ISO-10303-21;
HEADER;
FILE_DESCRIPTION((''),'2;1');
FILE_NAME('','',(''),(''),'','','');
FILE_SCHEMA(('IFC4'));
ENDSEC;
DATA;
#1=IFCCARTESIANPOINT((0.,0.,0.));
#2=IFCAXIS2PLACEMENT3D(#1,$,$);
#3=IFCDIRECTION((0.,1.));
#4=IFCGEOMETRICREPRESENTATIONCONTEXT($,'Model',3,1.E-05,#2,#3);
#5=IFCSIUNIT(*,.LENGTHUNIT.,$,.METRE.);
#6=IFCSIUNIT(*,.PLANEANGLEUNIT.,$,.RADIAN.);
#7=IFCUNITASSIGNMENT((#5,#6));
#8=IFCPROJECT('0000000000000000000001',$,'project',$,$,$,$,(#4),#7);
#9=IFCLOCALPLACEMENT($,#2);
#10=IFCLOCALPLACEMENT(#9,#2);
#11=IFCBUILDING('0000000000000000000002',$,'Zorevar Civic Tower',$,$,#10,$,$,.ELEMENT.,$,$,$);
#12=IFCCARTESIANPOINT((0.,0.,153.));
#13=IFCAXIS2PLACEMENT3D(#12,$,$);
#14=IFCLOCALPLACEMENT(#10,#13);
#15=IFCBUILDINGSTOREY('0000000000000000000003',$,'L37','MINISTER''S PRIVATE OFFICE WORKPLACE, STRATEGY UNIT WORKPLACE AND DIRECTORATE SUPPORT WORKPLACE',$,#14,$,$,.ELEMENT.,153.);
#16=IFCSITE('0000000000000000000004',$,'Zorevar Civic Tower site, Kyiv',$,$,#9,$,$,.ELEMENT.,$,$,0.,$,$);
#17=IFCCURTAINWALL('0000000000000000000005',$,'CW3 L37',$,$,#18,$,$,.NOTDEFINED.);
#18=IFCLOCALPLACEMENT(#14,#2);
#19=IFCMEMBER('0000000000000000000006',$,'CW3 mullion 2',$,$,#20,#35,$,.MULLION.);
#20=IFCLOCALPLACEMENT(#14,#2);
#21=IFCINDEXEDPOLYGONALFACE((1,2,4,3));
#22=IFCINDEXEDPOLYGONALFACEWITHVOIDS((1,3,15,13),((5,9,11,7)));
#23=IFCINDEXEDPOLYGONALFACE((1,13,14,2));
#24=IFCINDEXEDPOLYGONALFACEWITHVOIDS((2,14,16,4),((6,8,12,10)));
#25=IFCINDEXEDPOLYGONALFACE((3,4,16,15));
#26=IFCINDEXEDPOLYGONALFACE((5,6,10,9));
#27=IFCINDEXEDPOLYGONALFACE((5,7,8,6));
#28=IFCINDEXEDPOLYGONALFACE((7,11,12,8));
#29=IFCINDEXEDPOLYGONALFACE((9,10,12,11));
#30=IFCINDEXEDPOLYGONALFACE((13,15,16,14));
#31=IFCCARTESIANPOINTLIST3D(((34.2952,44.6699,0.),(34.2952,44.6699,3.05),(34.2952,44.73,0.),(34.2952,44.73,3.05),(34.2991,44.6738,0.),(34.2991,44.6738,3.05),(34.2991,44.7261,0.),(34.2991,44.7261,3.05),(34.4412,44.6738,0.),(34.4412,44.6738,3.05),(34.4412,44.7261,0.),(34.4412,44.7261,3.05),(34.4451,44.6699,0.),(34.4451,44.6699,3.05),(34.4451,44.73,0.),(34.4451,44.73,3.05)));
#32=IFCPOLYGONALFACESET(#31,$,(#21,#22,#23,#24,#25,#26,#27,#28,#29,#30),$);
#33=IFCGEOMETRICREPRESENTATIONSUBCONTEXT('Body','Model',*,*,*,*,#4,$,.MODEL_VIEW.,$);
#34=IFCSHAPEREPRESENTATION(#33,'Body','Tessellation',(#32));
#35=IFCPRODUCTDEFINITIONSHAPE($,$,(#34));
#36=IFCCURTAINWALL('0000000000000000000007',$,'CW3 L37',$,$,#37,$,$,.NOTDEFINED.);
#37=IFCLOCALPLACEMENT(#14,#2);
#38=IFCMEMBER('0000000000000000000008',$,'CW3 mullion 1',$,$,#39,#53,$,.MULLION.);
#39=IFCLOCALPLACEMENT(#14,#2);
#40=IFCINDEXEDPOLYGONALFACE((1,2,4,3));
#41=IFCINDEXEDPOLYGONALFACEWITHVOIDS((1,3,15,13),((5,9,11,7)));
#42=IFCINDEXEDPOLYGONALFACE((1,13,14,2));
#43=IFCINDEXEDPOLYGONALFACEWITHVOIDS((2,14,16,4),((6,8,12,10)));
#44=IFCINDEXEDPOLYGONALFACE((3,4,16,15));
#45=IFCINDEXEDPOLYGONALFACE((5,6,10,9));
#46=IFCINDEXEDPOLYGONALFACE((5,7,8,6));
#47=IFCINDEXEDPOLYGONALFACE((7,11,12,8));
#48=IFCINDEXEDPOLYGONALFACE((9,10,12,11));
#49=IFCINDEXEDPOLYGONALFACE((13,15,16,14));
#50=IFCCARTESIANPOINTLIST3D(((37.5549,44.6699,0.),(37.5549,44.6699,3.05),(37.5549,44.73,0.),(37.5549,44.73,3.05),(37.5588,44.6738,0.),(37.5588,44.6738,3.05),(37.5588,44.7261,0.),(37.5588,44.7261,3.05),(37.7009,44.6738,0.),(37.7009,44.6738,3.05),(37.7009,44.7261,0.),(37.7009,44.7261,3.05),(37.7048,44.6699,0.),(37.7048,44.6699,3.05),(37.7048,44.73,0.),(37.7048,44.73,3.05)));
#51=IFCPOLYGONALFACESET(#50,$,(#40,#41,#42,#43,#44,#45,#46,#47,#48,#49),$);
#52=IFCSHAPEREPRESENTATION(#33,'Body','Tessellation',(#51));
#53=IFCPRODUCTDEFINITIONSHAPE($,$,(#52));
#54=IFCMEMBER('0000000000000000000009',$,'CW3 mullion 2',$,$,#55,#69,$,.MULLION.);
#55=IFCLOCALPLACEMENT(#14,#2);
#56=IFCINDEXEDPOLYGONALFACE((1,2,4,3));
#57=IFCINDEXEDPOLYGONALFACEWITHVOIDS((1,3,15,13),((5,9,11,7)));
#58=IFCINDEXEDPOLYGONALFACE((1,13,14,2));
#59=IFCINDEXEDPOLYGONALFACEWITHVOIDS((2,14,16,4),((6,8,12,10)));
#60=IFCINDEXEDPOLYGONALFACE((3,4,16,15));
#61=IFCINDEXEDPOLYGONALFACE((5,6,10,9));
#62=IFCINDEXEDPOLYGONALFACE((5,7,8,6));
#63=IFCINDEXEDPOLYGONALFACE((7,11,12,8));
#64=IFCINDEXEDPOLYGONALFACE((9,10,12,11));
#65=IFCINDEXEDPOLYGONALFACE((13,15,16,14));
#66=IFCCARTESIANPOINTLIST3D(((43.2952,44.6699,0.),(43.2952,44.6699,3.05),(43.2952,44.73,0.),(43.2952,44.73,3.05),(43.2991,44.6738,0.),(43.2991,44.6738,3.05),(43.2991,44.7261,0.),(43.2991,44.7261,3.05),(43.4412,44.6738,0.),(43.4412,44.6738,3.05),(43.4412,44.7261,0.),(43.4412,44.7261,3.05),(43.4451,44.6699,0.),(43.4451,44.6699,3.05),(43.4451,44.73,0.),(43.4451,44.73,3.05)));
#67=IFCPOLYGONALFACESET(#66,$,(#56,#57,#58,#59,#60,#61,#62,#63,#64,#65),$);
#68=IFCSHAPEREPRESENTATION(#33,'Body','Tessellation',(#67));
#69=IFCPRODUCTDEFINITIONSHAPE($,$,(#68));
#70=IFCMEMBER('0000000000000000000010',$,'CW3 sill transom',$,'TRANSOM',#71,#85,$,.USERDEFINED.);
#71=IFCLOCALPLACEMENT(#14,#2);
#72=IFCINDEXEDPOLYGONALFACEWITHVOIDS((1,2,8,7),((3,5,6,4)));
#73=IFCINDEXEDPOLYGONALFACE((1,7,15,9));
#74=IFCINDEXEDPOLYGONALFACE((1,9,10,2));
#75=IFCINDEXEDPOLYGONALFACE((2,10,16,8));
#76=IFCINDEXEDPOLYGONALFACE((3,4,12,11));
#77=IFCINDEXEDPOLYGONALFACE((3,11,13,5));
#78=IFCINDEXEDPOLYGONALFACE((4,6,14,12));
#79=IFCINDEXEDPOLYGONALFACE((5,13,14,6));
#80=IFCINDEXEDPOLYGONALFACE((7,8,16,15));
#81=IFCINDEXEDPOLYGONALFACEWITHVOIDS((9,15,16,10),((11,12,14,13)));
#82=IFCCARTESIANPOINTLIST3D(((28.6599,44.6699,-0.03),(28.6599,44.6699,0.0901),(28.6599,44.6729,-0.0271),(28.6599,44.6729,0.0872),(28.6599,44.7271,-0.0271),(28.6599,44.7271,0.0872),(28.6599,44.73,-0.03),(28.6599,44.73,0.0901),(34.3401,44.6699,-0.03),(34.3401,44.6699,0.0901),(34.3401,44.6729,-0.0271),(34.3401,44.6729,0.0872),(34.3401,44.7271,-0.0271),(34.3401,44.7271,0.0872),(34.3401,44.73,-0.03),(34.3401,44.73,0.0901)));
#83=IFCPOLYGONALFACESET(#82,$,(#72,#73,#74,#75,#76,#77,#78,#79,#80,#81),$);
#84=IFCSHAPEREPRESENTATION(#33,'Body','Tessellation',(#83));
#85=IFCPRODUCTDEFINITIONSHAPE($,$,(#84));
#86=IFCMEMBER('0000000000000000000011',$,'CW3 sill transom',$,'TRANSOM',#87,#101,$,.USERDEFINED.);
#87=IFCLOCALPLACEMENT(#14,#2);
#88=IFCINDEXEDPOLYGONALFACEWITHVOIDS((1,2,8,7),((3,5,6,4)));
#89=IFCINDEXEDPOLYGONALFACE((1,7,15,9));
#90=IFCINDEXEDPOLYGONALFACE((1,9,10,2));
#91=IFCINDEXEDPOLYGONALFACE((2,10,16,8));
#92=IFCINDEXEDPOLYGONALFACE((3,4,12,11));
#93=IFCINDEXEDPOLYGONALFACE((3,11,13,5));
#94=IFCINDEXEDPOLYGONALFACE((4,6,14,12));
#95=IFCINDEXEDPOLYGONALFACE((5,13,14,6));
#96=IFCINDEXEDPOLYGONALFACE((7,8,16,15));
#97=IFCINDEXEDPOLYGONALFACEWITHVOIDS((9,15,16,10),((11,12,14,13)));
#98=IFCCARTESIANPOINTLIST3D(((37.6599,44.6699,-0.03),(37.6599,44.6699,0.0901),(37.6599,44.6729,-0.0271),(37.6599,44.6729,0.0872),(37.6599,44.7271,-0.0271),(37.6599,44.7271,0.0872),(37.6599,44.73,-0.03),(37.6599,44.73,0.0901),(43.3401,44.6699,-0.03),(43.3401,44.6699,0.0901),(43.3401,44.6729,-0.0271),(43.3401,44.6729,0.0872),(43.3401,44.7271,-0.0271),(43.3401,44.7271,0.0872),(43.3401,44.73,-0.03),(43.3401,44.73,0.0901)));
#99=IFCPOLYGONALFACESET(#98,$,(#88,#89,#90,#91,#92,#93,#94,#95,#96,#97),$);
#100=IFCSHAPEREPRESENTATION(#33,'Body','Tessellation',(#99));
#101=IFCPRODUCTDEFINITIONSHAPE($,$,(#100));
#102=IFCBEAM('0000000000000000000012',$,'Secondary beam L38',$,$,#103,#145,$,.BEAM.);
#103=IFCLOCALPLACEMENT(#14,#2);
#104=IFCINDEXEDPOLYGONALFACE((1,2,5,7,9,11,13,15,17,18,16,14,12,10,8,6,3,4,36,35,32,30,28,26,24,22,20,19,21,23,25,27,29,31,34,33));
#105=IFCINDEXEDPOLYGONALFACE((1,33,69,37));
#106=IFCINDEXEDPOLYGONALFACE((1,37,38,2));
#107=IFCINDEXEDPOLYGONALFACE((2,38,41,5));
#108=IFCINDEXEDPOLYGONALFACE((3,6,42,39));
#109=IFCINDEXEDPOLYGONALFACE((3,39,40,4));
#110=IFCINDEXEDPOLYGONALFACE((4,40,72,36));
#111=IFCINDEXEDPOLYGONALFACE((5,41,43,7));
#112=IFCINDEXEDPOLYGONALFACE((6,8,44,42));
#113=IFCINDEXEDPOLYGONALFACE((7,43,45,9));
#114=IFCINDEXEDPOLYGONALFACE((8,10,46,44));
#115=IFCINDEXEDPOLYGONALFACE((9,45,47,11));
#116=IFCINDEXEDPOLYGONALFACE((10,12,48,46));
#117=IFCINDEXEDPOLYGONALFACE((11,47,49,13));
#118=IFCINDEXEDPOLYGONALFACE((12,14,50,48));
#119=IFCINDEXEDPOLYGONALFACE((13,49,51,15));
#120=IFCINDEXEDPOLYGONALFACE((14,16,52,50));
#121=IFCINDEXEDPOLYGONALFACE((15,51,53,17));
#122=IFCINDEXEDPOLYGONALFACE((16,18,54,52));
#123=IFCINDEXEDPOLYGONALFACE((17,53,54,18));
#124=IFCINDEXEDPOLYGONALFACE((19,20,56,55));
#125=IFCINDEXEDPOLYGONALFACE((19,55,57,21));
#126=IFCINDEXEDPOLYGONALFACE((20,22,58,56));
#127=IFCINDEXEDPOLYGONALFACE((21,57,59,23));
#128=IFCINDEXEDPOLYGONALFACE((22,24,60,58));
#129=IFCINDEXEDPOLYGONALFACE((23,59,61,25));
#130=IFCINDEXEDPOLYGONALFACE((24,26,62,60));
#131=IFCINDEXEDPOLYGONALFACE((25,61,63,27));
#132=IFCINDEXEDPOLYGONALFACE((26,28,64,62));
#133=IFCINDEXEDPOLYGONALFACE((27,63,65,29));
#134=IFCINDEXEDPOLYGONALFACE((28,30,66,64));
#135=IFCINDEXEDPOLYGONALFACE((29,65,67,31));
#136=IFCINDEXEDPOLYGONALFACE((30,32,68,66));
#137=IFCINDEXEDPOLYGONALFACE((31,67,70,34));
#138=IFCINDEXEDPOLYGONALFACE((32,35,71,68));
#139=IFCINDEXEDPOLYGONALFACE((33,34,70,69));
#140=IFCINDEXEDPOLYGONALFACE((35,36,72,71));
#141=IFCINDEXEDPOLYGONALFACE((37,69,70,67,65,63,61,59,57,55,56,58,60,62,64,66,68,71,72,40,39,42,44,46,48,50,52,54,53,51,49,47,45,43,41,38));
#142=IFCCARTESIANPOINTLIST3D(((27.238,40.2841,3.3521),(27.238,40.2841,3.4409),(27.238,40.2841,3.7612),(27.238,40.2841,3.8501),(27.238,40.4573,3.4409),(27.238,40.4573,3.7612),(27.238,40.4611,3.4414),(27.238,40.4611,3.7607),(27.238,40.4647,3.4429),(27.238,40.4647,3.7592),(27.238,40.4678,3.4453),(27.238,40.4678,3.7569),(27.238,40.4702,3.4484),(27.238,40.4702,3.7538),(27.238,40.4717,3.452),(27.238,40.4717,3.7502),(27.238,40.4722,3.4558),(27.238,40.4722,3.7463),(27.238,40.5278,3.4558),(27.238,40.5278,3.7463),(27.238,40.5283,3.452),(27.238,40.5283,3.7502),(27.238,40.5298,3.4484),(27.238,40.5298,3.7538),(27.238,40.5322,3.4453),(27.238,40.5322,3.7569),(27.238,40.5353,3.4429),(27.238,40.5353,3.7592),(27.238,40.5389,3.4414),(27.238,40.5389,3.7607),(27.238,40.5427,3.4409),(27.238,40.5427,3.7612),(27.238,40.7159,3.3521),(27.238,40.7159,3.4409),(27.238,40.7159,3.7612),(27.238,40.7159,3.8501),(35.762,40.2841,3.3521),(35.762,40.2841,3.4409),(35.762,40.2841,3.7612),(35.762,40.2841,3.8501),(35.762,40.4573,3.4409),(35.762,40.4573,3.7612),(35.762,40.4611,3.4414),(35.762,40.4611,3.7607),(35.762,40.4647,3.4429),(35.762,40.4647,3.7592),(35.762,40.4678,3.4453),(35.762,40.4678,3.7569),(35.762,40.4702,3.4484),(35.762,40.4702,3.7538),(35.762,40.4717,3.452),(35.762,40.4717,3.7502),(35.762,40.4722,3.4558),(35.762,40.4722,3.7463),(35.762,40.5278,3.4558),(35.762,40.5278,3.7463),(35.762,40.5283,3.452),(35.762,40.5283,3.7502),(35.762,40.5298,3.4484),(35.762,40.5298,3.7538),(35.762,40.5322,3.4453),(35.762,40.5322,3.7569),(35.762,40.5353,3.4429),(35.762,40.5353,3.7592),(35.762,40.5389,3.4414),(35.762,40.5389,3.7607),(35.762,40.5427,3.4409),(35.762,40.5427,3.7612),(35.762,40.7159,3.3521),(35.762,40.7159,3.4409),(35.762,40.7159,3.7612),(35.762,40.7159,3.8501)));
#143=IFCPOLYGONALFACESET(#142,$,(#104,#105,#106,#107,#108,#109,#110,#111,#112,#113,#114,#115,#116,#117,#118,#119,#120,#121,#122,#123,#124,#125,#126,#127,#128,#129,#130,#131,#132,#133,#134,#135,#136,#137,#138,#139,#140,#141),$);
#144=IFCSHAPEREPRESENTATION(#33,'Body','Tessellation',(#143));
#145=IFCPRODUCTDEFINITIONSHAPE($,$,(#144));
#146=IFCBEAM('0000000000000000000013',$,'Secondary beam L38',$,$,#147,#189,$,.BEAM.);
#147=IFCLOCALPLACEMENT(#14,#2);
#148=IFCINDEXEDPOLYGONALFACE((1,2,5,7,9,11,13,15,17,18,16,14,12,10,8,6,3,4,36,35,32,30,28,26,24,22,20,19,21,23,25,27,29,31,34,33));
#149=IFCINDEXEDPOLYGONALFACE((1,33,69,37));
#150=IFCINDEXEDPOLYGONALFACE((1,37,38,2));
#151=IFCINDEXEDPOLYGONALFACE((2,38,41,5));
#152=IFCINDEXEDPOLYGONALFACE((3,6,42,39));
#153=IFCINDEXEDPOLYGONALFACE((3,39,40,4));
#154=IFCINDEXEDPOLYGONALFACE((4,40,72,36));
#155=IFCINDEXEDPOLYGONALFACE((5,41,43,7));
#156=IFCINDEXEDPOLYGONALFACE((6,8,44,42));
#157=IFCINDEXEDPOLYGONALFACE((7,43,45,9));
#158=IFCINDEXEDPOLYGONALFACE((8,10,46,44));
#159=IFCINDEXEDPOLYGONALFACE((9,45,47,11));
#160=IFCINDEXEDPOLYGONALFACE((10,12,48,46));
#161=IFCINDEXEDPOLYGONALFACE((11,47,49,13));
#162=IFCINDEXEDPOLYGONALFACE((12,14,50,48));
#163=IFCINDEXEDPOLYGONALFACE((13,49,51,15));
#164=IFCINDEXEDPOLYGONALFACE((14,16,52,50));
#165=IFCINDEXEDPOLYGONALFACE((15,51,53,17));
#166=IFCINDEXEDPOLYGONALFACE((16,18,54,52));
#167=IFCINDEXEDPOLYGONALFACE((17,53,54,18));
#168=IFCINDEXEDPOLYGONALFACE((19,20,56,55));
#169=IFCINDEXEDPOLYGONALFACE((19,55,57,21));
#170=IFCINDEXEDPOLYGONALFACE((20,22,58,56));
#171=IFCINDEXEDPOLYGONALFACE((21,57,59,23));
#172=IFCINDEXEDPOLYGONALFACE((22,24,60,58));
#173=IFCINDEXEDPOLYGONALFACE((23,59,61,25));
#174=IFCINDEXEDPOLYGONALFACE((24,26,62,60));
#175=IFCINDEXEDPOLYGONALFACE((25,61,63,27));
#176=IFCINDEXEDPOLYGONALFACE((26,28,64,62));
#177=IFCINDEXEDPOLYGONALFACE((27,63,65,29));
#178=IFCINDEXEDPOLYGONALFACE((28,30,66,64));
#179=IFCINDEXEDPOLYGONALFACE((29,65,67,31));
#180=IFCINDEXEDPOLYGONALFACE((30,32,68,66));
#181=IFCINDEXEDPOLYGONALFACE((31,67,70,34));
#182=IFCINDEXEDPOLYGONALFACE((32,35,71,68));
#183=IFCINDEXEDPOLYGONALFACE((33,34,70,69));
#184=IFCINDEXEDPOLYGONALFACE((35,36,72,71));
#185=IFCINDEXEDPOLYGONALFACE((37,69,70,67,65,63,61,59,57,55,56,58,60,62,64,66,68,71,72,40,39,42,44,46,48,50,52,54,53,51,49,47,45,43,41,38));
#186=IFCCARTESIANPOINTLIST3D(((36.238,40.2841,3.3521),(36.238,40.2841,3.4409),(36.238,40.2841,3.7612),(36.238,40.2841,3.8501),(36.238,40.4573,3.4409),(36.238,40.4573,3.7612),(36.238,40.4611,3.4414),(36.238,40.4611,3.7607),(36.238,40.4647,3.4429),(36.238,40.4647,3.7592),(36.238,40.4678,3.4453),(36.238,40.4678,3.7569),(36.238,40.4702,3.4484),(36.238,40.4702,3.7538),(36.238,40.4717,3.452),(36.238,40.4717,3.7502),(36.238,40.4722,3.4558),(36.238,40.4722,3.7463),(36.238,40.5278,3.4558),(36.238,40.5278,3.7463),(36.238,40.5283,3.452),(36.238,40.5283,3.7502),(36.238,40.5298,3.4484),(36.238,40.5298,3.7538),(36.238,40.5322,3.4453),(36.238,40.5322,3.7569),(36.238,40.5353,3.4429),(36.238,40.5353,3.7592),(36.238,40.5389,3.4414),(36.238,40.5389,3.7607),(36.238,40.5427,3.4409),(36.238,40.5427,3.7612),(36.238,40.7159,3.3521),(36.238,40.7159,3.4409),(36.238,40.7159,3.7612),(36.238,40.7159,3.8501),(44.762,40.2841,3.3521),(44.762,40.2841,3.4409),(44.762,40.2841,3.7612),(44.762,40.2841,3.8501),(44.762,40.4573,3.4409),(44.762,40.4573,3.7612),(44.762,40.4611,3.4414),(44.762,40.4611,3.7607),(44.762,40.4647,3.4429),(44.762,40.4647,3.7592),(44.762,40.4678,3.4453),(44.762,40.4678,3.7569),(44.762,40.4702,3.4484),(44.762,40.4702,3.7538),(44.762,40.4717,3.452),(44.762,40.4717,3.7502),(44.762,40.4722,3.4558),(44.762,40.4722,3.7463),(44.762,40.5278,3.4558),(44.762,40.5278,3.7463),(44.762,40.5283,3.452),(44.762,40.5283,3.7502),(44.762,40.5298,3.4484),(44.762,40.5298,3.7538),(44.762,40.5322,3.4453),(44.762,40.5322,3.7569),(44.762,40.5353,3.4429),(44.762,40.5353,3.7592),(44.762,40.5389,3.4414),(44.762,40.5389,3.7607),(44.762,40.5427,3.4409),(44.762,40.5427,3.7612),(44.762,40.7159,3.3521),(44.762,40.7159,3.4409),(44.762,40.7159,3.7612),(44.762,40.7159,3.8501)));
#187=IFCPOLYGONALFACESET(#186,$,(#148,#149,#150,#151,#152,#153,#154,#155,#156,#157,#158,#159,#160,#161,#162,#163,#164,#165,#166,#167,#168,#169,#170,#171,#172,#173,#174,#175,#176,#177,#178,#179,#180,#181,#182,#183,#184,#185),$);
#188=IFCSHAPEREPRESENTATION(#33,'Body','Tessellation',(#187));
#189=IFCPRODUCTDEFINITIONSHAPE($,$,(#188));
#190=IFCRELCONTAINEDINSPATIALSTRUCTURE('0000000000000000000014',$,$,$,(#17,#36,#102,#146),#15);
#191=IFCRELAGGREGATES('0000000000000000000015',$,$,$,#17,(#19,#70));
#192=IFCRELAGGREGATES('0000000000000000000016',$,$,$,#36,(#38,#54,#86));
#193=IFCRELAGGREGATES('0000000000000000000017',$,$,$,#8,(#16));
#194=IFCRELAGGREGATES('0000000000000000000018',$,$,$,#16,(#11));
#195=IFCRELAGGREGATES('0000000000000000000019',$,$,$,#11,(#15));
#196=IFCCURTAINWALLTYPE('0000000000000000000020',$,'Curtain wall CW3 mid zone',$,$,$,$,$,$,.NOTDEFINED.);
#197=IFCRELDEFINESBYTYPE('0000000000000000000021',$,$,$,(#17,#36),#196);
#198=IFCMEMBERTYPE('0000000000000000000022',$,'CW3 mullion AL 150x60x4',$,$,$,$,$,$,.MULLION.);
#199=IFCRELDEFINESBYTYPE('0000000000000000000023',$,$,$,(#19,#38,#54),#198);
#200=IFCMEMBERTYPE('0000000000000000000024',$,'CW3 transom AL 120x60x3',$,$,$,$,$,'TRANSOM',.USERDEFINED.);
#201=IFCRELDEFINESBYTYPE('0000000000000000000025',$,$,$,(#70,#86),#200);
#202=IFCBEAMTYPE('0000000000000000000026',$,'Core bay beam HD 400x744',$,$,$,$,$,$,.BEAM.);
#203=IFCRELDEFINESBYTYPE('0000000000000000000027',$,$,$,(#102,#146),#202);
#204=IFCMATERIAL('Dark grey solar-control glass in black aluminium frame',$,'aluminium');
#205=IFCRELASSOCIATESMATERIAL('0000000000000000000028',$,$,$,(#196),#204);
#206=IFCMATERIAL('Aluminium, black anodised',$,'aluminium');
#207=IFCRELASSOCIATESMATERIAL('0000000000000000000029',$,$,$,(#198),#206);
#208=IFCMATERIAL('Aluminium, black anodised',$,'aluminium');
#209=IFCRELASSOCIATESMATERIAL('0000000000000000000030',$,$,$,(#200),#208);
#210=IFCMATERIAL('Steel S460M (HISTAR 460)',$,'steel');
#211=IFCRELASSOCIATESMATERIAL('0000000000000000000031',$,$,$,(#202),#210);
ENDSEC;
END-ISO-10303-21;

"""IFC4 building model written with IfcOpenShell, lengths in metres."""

from ifc_helpers import new_model, si_unit, direction, frame, origin, origin_2d, place, context, subcontext, project, spatial, hollow_rectangle, i_section, extrude, material, material_profile, profile_set, type_object, element, aggregate, save


model = new_model("IFC4")

# Units and contexts
model_context = context("Model", 3, precision=1e-05, world=origin(), true_north=direction((0.0, 1.0)))
body_context = subcontext(model_context, "Body", "Model", "MODEL_VIEW")
ifc_project = project(units=[si_unit("LENGTHUNIT", "METRE"), si_unit("PLANEANGLEUNIT", "RADIAN")], contexts=[model_context])

# Site, building, storey
site_placement = place(None, origin())
site = spatial("IfcSite", under=ifc_project, at=site_placement, Name="Zorevar Civic Tower site, Kyiv", CompositionType="ELEMENT", RefElevation=0.0)
building_placement = place(site_placement, origin())
building = spatial("IfcBuilding", under=site, at=building_placement, Name="Zorevar Civic Tower", CompositionType="ELEMENT")
storey_placement = place(building_placement, frame((0.0, 0.0, 153.0)))
storey = spatial("IfcBuildingStorey", under=building, at=storey_placement, Name="L37", Description="MINISTER'S PRIVATE OFFICE WORKPLACE, STRATEGY UNIT WORKPLACE AND DIRECTORATE SUPPORT WORKPLACE", CompositionType="ELEMENT", Elevation=153.0)

# Curtain walls, members
ifc_material_1 = material(Name="Dark grey solar-control glass in black aluminium frame", Category="aluminium")
curtain_wall_type = type_object("IfcCurtainWallType", Name="Curtain wall CW3 mid zone", PredefinedType="NOTDEFINED", material=ifc_material_1)
curtain_wall_1_placement = place(storey_placement, origin())
curtain_wall_1 = element("IfcCurtainWall", 1, at=curtain_wall_1_placement, inside=storey, type_object=curtain_wall_type, Name="CW3 L37", PredefinedType="NOTDEFINED")
ifc_material_2 = material(Name="Aluminium, black anodised", Category="aluminium")
ifc_material_profile_1 = material_profile(ifc_material_2, hollow_rectangle(XDim=0.0601, YDim=0.1499, WallThickness=0.0039, at=origin_2d()), Name="AL 150x60x4")
ifc_profile_set_1 = profile_set([ifc_material_profile_1], Name="Aluminium, black anodised")
member_type_1 = type_object("IfcMemberType", Name="CW3 mullion AL 150x60x4", PredefinedType="MULLION", material=ifc_profile_set_1)
member_1_placement = place(storey_placement, frame((34.3701, 44.7, 0.0), z_axis=(0.0, 0.0, 1.0), x_axis=(0.0, 1.0, 0.0)))
member_1 = element("IfcMember", 2, at=member_1_placement, type_object=member_type_1, Name="CW3 mullion 2", PredefinedType="MULLION", context=body_context, shape_type="SweptSolid", body=[
    extrude(hollow_rectangle(XDim=0.0601, YDim=0.1499, WallThickness=0.0039, at=origin_2d()), origin(), (0.0, 0.0, 1.0), 3.05),
])
curtain_wall_2_placement = place(storey_placement, origin())
curtain_wall_2 = element("IfcCurtainWall", 3, at=curtain_wall_2_placement, inside=storey, type_object=curtain_wall_type, Name="CW3 L37", PredefinedType="NOTDEFINED")
member_2_placement = place(storey_placement, frame((37.6299, 44.7, 0.0), z_axis=(0.0, 0.0, 1.0), x_axis=(0.0, 1.0, 0.0)))
member_2 = element("IfcMember", 4, at=member_2_placement, type_object=member_type_1, Name="CW3 mullion 1", PredefinedType="MULLION", context=body_context, shape_type="SweptSolid", body=[
    extrude(hollow_rectangle(XDim=0.0601, YDim=0.1499, WallThickness=0.0039, at=origin_2d()), origin(), (0.0, 0.0, 1.0), 3.05),
])
member_3_placement = place(storey_placement, frame((43.3701, 44.7, 0.0), z_axis=(0.0, 0.0, 1.0), x_axis=(0.0, 1.0, 0.0)))
member_3 = element("IfcMember", 5, at=member_3_placement, type_object=member_type_1, Name="CW3 mullion 2", PredefinedType="MULLION", context=body_context, shape_type="SweptSolid", body=[
    extrude(hollow_rectangle(XDim=0.0601, YDim=0.1499, WallThickness=0.0039, at=origin_2d()), origin(), (0.0, 0.0, 1.0), 3.05),
])

# Members
ifc_material_3 = material(Name="Aluminium, black anodised", Category="aluminium")
ifc_material_profile_2 = material_profile(ifc_material_3, hollow_rectangle(XDim=0.0601, YDim=0.1201, WallThickness=0.0029, at=origin_2d()), Name="AL 120x60x3")
ifc_profile_set_2 = profile_set([ifc_material_profile_2], Name="Aluminium, black anodised")
member_type_2 = type_object("IfcMemberType", Name="CW3 transom AL 120x60x3", ElementType="TRANSOM", PredefinedType="USERDEFINED", material=ifc_profile_set_2)
member_4_placement = place(storey_placement, frame((28.6599, 44.7, 0.03), z_axis=(1.0, 0.0, 0.0), x_axis=(0.0, 1.0, 0.0)))
member_4 = element("IfcMember", 6, at=member_4_placement, type_object=member_type_2, Name="CW3 sill transom", ObjectType="TRANSOM", PredefinedType="USERDEFINED", context=body_context, shape_type="SweptSolid", body=[
    extrude(hollow_rectangle(XDim=0.0601, YDim=0.1201, WallThickness=0.0029, at=origin_2d()), origin(), (0.0, 0.0, 1.0), 5.6802),
])
member_5_placement = place(storey_placement, frame((37.6599, 44.7, 0.03), z_axis=(1.0, 0.0, 0.0), x_axis=(0.0, 1.0, 0.0)))
member_5 = element("IfcMember", 7, at=member_5_placement, type_object=member_type_2, Name="CW3 sill transom", ObjectType="TRANSOM", PredefinedType="USERDEFINED", context=body_context, shape_type="SweptSolid", body=[
    extrude(hollow_rectangle(XDim=0.0601, YDim=0.1201, WallThickness=0.0029, at=origin_2d()), origin(), (0.0, 0.0, 1.0), 5.6802),
])

# Beams
ifc_material_4 = material(Name="Steel S460M (HISTAR 460)", Category="steel")
ifc_material_profile_3 = material_profile(ifc_material_4, i_section(OverallWidth=0.4319, OverallDepth=0.498, WebThickness=0.0557, FlangeThickness=0.0889, FilletRadius=0.0149, at=origin_2d()), Name="HD 400x744")
ifc_profile_set_3 = profile_set([ifc_material_profile_3], Name="Steel S460M (HISTAR 460)")
beam_type_1 = type_object("IfcBeamType", Name="Core bay beam HD 400x744", PredefinedType="BEAM", material=ifc_profile_set_3)
for number, where, z_axis, x_axis, name in (
    (8, (27.238, 40.5, 3.6011), (1.0, 0.0, 0.0), (0.0, 1.0, 0.0), "Secondary beam L38"),
    (9, (36.238, 40.5, 3.6011), (1.0, 0.0, 0.0), (0.0, 1.0, 0.0), "Secondary beam L38"),
):
    element("IfcBeam", number, at=place(storey_placement, frame(where, z_axis=z_axis, x_axis=x_axis)), inside=storey, type_object=beam_type_1, Name=name, PredefinedType="BEAM", context=body_context, shape_type="SweptSolid", body=[
        extrude(i_section(OverallWidth=0.4319, OverallDepth=0.498, WebThickness=0.0557, FlangeThickness=0.0889, FilletRadius=0.0149, at=origin_2d()), origin(), (0.0, 0.0, 1.0), 8.5239),
    ])

aggregate(curtain_wall_1, [member_1, member_4])
aggregate(curtain_wall_2, [member_2, member_3, member_5])

save(model, "model.ifc")
